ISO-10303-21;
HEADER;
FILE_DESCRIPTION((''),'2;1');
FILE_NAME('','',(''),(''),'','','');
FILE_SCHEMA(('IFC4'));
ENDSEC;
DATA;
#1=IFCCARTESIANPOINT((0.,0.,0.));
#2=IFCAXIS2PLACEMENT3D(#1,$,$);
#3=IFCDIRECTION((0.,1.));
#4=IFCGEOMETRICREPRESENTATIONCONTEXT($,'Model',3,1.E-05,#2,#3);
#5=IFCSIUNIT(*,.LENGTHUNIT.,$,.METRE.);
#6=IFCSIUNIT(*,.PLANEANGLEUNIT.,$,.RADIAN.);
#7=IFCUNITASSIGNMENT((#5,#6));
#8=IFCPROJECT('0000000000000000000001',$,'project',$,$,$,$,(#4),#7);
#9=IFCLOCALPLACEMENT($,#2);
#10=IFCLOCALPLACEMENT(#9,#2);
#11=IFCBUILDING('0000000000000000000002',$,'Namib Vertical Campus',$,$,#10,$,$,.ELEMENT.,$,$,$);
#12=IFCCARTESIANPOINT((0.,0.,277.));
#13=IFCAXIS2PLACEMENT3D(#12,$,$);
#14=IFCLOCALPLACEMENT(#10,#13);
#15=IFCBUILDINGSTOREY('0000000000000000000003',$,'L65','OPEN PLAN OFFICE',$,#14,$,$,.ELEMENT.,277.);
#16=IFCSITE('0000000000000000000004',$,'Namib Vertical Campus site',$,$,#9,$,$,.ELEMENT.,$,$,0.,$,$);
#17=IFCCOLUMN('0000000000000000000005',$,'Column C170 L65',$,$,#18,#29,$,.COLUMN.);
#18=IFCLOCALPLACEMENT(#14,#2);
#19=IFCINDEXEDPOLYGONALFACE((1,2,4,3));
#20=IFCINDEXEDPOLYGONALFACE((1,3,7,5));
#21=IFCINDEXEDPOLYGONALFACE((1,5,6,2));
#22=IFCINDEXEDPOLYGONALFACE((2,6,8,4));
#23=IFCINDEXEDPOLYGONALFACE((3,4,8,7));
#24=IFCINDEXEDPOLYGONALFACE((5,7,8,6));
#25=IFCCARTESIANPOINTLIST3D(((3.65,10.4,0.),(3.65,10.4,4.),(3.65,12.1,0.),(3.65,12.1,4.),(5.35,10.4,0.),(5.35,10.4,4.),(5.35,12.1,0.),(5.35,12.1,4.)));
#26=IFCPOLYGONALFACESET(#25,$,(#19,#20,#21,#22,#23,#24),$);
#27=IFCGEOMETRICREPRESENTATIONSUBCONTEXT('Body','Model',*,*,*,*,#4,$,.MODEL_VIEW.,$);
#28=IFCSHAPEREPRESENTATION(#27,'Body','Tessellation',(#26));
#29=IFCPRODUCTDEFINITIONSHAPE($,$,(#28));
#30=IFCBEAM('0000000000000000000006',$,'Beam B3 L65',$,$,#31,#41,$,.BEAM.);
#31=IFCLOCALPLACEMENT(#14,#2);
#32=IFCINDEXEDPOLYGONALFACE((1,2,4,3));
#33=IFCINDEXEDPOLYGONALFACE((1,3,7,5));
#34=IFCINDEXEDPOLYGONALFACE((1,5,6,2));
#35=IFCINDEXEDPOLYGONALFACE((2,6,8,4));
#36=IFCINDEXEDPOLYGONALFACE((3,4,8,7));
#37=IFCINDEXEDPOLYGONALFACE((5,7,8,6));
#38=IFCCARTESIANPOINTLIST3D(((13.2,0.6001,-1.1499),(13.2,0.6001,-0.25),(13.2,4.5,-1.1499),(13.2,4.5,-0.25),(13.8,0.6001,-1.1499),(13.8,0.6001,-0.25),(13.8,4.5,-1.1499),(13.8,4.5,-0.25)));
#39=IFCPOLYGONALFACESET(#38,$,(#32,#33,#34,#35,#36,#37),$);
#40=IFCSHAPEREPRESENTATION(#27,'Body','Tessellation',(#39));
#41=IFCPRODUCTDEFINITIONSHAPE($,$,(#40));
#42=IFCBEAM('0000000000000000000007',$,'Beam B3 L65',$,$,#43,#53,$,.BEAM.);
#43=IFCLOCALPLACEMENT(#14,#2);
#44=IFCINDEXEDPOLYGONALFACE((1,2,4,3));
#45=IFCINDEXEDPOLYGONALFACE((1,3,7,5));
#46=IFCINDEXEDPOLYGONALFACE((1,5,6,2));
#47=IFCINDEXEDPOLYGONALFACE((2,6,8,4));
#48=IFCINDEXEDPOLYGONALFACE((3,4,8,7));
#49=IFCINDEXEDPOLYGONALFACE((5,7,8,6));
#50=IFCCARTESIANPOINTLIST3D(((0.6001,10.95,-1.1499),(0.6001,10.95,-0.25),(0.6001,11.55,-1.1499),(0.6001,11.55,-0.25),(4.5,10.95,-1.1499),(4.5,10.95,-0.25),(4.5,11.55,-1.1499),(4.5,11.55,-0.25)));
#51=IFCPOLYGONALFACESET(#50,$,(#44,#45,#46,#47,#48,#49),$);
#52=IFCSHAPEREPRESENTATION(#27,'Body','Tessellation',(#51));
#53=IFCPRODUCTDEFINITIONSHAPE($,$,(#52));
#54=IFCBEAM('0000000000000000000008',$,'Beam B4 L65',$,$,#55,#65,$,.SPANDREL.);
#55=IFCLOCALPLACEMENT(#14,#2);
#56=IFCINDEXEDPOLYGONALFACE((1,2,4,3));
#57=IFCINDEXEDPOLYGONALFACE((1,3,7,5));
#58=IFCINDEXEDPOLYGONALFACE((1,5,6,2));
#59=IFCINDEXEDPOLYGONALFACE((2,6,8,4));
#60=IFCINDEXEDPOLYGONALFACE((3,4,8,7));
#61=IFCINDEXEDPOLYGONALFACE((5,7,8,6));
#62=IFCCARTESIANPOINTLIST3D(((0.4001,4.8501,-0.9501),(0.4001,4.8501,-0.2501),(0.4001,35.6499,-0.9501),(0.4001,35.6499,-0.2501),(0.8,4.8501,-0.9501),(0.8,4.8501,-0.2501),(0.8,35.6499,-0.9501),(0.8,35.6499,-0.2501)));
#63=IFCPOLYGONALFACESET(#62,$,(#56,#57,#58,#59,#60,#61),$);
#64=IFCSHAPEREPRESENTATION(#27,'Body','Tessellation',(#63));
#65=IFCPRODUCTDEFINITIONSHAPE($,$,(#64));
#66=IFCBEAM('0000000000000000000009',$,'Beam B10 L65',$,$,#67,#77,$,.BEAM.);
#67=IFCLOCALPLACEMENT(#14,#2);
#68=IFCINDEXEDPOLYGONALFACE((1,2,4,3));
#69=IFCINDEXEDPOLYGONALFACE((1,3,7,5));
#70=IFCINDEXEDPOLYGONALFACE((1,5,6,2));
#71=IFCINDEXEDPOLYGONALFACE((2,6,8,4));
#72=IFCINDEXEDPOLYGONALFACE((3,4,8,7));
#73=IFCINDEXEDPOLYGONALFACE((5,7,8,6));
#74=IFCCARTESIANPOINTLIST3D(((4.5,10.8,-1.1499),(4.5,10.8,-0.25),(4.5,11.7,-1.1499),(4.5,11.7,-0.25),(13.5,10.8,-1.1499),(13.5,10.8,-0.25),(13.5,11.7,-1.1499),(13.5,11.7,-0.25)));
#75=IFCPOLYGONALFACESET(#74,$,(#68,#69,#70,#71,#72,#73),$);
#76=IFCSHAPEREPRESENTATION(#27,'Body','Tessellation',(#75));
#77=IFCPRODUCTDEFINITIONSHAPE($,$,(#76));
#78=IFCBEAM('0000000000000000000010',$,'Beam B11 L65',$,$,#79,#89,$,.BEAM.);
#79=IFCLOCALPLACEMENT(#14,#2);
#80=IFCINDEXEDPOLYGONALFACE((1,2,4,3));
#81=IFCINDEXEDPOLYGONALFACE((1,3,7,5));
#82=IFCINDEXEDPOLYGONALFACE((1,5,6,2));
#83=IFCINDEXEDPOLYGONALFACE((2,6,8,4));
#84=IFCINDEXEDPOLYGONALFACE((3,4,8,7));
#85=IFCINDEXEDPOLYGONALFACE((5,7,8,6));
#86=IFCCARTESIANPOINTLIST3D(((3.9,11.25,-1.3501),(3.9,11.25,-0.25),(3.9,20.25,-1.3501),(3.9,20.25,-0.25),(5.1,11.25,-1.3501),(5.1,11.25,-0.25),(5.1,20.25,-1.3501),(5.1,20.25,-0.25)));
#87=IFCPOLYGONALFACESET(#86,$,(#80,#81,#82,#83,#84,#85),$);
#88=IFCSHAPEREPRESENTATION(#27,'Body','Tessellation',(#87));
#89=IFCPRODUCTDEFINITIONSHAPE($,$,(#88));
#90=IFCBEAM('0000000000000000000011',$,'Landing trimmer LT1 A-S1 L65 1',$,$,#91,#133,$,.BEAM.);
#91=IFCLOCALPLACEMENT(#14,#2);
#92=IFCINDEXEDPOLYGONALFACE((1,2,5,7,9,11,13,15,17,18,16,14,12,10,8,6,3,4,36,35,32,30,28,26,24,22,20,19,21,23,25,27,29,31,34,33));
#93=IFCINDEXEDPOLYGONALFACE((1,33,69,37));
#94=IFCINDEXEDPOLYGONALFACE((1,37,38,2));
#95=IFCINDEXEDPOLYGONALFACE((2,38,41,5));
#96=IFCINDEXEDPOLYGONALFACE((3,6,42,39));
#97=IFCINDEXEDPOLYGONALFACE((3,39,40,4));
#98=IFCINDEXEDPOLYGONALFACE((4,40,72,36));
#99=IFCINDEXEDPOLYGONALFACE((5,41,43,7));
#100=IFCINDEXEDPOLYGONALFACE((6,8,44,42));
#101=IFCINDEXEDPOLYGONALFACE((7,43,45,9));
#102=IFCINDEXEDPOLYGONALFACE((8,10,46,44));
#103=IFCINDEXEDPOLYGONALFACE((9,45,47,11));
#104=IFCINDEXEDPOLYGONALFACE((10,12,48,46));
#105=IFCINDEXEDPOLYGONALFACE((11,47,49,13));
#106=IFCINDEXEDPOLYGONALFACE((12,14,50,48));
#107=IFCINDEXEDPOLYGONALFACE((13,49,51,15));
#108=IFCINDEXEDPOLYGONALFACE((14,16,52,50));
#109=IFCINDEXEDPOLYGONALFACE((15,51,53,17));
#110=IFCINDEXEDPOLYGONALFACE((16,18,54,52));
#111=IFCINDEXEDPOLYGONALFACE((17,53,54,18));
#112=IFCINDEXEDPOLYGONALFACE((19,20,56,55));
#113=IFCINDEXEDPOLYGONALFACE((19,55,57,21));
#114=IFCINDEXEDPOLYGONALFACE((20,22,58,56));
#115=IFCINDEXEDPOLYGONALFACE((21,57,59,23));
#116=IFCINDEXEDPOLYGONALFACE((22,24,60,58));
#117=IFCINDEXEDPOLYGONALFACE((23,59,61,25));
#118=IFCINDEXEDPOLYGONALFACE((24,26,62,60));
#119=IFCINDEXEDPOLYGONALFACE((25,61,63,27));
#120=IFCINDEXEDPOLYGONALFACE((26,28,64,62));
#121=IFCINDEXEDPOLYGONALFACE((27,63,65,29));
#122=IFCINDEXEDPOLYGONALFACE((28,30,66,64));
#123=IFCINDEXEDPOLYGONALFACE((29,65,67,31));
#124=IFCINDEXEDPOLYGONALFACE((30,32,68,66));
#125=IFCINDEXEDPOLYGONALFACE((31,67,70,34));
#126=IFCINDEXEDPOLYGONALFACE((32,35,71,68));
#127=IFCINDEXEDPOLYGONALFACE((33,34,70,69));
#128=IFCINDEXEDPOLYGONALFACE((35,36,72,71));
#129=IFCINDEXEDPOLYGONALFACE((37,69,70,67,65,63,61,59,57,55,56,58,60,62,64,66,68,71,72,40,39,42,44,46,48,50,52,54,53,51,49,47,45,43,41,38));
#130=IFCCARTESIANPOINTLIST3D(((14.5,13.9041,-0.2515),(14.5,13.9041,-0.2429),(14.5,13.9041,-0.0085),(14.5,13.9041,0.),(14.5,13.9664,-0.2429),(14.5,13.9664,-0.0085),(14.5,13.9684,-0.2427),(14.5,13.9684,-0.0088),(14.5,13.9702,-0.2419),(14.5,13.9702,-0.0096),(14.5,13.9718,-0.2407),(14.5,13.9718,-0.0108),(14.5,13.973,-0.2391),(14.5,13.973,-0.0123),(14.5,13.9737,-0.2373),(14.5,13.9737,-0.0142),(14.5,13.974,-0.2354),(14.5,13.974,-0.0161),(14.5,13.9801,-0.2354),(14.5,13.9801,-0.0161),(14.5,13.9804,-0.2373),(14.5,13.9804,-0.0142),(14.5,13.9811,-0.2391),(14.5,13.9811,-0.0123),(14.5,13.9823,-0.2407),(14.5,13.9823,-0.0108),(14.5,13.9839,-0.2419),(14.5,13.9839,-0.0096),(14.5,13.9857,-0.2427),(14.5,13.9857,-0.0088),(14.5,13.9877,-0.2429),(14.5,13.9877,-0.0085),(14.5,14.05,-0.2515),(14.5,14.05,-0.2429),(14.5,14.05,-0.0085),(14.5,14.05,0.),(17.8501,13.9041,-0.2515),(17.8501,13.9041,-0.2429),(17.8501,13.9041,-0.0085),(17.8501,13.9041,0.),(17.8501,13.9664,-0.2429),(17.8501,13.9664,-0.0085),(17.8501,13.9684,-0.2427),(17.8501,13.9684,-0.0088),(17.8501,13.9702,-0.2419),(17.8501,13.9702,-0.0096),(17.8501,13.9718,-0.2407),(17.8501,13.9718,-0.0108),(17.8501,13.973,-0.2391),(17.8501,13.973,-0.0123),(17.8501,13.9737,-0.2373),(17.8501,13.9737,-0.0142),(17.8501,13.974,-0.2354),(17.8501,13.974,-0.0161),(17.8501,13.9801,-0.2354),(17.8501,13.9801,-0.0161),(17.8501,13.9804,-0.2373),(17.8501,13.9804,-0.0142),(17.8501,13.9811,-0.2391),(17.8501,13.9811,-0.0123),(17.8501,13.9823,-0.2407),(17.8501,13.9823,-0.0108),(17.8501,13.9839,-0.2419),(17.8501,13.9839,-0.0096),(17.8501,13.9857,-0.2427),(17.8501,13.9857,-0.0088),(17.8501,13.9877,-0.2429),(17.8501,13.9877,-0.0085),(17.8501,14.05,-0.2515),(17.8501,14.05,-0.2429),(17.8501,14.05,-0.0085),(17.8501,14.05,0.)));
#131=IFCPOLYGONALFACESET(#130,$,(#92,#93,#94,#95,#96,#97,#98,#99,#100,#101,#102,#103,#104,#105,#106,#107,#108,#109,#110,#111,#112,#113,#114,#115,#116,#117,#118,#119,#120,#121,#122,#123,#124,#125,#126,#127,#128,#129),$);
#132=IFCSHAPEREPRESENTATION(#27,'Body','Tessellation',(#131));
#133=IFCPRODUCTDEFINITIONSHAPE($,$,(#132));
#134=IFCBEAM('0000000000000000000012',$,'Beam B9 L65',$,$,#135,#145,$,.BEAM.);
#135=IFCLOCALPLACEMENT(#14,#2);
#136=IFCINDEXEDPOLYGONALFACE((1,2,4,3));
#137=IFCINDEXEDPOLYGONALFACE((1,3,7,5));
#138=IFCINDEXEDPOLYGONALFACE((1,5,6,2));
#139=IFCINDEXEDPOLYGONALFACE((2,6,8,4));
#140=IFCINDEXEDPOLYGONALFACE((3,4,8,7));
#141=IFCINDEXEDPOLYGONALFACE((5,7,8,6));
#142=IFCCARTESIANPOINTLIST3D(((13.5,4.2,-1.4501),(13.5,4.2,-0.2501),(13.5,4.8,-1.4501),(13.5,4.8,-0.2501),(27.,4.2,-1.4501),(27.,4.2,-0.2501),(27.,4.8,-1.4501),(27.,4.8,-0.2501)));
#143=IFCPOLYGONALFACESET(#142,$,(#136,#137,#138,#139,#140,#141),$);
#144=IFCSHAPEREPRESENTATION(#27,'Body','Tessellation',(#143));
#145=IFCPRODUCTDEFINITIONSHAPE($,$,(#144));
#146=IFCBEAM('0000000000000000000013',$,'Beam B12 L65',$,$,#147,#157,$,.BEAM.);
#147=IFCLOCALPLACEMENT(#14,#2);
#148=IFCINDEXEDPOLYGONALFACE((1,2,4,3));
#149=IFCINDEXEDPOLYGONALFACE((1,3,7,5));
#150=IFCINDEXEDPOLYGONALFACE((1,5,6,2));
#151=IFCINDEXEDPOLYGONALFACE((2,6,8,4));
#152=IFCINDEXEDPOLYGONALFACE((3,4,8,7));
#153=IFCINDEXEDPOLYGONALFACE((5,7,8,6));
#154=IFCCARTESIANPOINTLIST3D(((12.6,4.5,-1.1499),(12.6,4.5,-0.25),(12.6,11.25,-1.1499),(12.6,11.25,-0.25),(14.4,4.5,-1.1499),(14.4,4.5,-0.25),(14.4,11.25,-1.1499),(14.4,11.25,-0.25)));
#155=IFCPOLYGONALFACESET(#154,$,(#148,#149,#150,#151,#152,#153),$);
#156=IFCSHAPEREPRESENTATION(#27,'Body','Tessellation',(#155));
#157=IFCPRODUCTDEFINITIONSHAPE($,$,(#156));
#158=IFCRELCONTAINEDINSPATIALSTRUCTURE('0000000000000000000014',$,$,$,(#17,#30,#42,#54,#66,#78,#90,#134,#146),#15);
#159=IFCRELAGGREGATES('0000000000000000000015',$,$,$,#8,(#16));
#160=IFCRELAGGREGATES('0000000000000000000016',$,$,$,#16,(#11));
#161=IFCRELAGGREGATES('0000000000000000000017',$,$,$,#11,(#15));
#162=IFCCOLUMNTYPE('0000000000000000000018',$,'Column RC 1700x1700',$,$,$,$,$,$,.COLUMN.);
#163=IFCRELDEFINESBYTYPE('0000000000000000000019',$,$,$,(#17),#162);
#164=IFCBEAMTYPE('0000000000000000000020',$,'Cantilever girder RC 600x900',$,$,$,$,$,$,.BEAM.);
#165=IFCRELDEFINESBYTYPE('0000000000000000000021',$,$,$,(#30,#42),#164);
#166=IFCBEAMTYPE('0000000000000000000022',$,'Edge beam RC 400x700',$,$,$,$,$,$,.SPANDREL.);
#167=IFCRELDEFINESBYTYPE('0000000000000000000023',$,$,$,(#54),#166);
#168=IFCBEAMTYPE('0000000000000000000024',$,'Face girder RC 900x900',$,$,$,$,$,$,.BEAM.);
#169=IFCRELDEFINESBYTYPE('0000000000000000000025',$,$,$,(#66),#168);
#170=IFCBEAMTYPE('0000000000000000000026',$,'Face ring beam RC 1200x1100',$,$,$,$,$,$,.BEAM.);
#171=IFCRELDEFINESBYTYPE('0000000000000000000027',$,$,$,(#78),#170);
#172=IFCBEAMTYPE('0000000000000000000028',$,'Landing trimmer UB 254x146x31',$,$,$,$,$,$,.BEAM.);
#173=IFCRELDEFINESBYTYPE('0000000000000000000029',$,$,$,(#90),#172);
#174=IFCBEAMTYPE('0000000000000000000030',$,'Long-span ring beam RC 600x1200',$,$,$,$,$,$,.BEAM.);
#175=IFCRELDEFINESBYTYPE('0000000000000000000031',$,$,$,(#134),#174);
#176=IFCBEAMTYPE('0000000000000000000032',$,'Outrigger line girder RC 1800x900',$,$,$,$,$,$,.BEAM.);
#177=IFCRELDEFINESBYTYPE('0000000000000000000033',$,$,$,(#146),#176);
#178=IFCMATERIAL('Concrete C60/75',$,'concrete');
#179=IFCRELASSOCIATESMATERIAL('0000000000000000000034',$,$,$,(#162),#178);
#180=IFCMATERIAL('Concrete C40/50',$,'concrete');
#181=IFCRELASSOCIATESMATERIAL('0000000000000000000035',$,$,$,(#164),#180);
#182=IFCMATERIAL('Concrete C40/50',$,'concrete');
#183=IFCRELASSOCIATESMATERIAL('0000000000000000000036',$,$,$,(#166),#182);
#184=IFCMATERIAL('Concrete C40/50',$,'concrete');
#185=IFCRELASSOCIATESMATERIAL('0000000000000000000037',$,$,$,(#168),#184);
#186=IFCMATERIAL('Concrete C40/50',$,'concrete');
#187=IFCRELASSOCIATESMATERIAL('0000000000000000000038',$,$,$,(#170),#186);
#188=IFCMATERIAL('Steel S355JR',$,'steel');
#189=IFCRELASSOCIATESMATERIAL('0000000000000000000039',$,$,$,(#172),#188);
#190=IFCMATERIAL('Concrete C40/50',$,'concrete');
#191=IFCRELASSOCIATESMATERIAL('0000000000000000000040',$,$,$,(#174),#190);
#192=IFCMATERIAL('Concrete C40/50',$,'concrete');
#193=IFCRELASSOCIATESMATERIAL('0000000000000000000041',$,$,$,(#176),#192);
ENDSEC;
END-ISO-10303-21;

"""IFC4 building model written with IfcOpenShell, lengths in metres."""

from ifc_helpers import new_model, si_unit, direction, frame, origin, origin_2d, place, context, subcontext, project, spatial, rectangle, i_section, extrude, material, material_profile, profile_set, type_object, element, save


model = new_model("IFC4")

# Units and contexts
model_context = context("Model", 3, precision=1e-05, world=origin(), true_north=direction((0.0, 1.0)))
body_context = subcontext(model_context, "Body", "Model", "MODEL_VIEW")
ifc_project = project(units=[si_unit("LENGTHUNIT", "METRE"), si_unit("PLANEANGLEUNIT", "RADIAN")], contexts=[model_context])

# Site, building, storey
site_placement = place(None, origin())
site = spatial("IfcSite", under=ifc_project, at=site_placement, Name="Namib Vertical Campus site", CompositionType="ELEMENT", RefElevation=0.0)
building_placement = place(site_placement, origin())
building = spatial("IfcBuilding", under=site, at=building_placement, Name="Namib Vertical Campus", CompositionType="ELEMENT")
storey_placement = place(building_placement, frame((0.0, 0.0, 277.0)))
storey = spatial("IfcBuildingStorey", under=building, at=storey_placement, Name="L65", Description="OPEN PLAN OFFICE", CompositionType="ELEMENT", Elevation=277.0)

# Column
ifc_material_1 = material(Name="Concrete C60/75", Category="concrete")
ifc_material_profile_1 = material_profile(ifc_material_1, rectangle(XDim=1.7, YDim=1.7, at=origin_2d()))
ifc_profile_set_1 = profile_set([ifc_material_profile_1], Name="Concrete C60/75")
column_type = type_object("IfcColumnType", Name="Column RC 1700x1700", PredefinedType="COLUMN", material=ifc_profile_set_1)
column_placement = place(storey_placement, frame((4.5, 11.25, 0.0), z_axis=(0.0, 0.0, 1.0), x_axis=(1.0, 0.0, 0.0)))
element("IfcColumn", 1, at=column_placement, inside=storey, type_object=column_type, Name="Column C170 L65", PredefinedType="COLUMN", context=body_context, shape_type="SweptSolid", body=[
    extrude(rectangle(XDim=1.7, YDim=1.7, at=origin_2d()), origin(), (0.0, 0.0, 1.0), 4.0),
])

# Beams
ifc_material_2 = material(Name="Concrete C40/50", Category="concrete")
ifc_material_profile_2 = material_profile(ifc_material_2, rectangle(XDim=0.6001, YDim=0.8999, at=origin_2d()))
ifc_profile_set_2 = profile_set([ifc_material_profile_2], Name="Concrete C40/50")
beam_type_1 = type_object("IfcBeamType", Name="Cantilever girder RC 600x900", PredefinedType="BEAM", material=ifc_profile_set_2)
for number, where, z_axis, x_axis, name in (
    (2, (13.5, 4.5, -0.7), (0.0, -1.0, 0.0), (1.0, 0.0, 0.0), "Beam B3 L65"),
    (3, (4.5, 11.25, -0.7), (-1.0, 0.0, 0.0), (0.0, -1.0, 0.0), "Beam B3 L65"),
):
    element("IfcBeam", number, at=place(storey_placement, frame(where, z_axis=z_axis, x_axis=x_axis)), inside=storey, type_object=beam_type_1, Name=name, PredefinedType="BEAM", context=body_context, shape_type="SweptSolid", body=[
        extrude(rectangle(XDim=0.6001, YDim=0.8999, at=origin_2d()), origin(), (0.0, 0.0, 1.0), 3.8999),
    ])
ifc_material_3 = material(Name="Concrete C40/50", Category="concrete")
ifc_material_profile_3 = material_profile(ifc_material_3, rectangle(XDim=0.3999, YDim=0.7, at=origin_2d()))
ifc_profile_set_3 = profile_set([ifc_material_profile_3], Name="Concrete C40/50")
beam_type_2 = type_object("IfcBeamType", Name="Edge beam RC 400x700", PredefinedType="SPANDREL", material=ifc_profile_set_3)
beam_1_placement = place(storey_placement, frame((0.6001, 4.8501, -0.6001), z_axis=(0.0, 1.0, 0.0), x_axis=(-1.0, 0.0, 0.0)))
element("IfcBeam", 4, at=beam_1_placement, inside=storey, type_object=beam_type_2, Name="Beam B4 L65", PredefinedType="SPANDREL", context=body_context, shape_type="SweptSolid", body=[
    extrude(rectangle(XDim=0.3999, YDim=0.7, at=origin_2d()), origin(), (0.0, 0.0, 1.0), 30.7998),
])
ifc_material_4 = material(Name="Concrete C40/50", Category="concrete")
ifc_material_profile_4 = material_profile(ifc_material_4, rectangle(XDim=0.8999, YDim=0.8999, at=origin_2d()))
ifc_profile_set_4 = profile_set([ifc_material_profile_4], Name="Concrete C40/50")
beam_type_3 = type_object("IfcBeamType", Name="Face girder RC 900x900", PredefinedType="BEAM", material=ifc_profile_set_4)
beam_2_placement = place(storey_placement, frame((4.5, 11.25, -0.7), z_axis=(1.0, 0.0, 0.0), x_axis=(0.0, 1.0, 0.0)))
element("IfcBeam", 5, at=beam_2_placement, inside=storey, type_object=beam_type_3, Name="Beam B10 L65", PredefinedType="BEAM", context=body_context, shape_type="SweptSolid", body=[
    extrude(rectangle(XDim=0.8999, YDim=0.8999, at=origin_2d()), origin(), (0.0, 0.0, 1.0), 9.0),
])
ifc_material_5 = material(Name="Concrete C40/50", Category="concrete")
ifc_material_profile_5 = material_profile(ifc_material_5, rectangle(XDim=1.2, YDim=1.1001, at=origin_2d()))
ifc_profile_set_5 = profile_set([ifc_material_profile_5], Name="Concrete C40/50")
beam_type_4 = type_object("IfcBeamType", Name="Face ring beam RC 1200x1100", PredefinedType="BEAM", material=ifc_profile_set_5)
beam_3_placement = place(storey_placement, frame((4.5, 11.25, -0.8), z_axis=(0.0, 1.0, 0.0), x_axis=(-1.0, 0.0, 0.0)))
element("IfcBeam", 6, at=beam_3_placement, inside=storey, type_object=beam_type_4, Name="Beam B11 L65", PredefinedType="BEAM", context=body_context, shape_type="SweptSolid", body=[
    extrude(rectangle(XDim=1.2, YDim=1.1001, at=origin_2d()), origin(), (0.0, 0.0, 1.0), 9.0),
])
ifc_material_6 = material(Name="Steel S355JR", Category="steel")
ifc_material_profile_6 = material_profile(ifc_material_6, i_section(OverallWidth=0.146, OverallDepth=0.2515, WebThickness=0.0061, FlangeThickness=0.0085, FilletRadius=0.0076, at=origin_2d()))
ifc_profile_set_6 = profile_set([ifc_material_profile_6], Name="Steel S355JR")
beam_type_5 = type_object("IfcBeamType", Name="Landing trimmer UB 254x146x31", PredefinedType="BEAM", material=ifc_profile_set_6)
beam_4_placement = place(storey_placement, frame((14.5, 13.9771, -0.1257), z_axis=(1.0, 0.0, 0.0), x_axis=(0.0, 1.0, 0.0)))
element("IfcBeam", 7, at=beam_4_placement, inside=storey, type_object=beam_type_5, Name="Landing trimmer LT1 A-S1 L65 1", PredefinedType="BEAM", context=body_context, shape_type="SweptSolid", body=[
    extrude(i_section(OverallWidth=0.146, OverallDepth=0.2515, WebThickness=0.0061, FlangeThickness=0.0085, FilletRadius=0.0076, at=origin_2d()), origin(), (0.0, 0.0, 1.0), 3.3501),
])
ifc_material_7 = material(Name="Concrete C40/50", Category="concrete")
ifc_material_profile_7 = material_profile(ifc_material_7, rectangle(XDim=0.6001, YDim=1.2, at=origin_2d()))
ifc_profile_set_7 = profile_set([ifc_material_profile_7], Name="Concrete C40/50")
beam_type_6 = type_object("IfcBeamType", Name="Long-span ring beam RC 600x1200", PredefinedType="BEAM", material=ifc_profile_set_7)
beam_5_placement = place(storey_placement, frame((13.5, 4.5, -0.8501), z_axis=(1.0, 0.0, 0.0), x_axis=(0.0, 1.0, 0.0)))
element("IfcBeam", 8, at=beam_5_placement, inside=storey, type_object=beam_type_6, Name="Beam B9 L65", PredefinedType="BEAM", context=body_context, shape_type="SweptSolid", body=[
    extrude(rectangle(XDim=0.6001, YDim=1.2, at=origin_2d()), origin(), (0.0, 0.0, 1.0), 13.5),
])
ifc_material_8 = material(Name="Concrete C40/50", Category="concrete")
ifc_material_profile_8 = material_profile(ifc_material_8, rectangle(XDim=1.8, YDim=0.8999, at=origin_2d()))
ifc_profile_set_8 = profile_set([ifc_material_profile_8], Name="Concrete C40/50")
beam_type_7 = type_object("IfcBeamType", Name="Outrigger line girder RC 1800x900", PredefinedType="BEAM", material=ifc_profile_set_8)
beam_6_placement = place(storey_placement, frame((13.5, 4.5, -0.7), z_axis=(0.0, 1.0, 0.0), x_axis=(-1.0, 0.0, 0.0)))
element("IfcBeam", 9, at=beam_6_placement, inside=storey, type_object=beam_type_7, Name="Beam B12 L65", PredefinedType="BEAM", context=body_context, shape_type="SweptSolid", body=[
    extrude(rectangle(XDim=1.8, YDim=0.8999, at=origin_2d()), origin(), (0.0, 0.0, 1.0), 6.75),
])

save(model, "model.ifc")
